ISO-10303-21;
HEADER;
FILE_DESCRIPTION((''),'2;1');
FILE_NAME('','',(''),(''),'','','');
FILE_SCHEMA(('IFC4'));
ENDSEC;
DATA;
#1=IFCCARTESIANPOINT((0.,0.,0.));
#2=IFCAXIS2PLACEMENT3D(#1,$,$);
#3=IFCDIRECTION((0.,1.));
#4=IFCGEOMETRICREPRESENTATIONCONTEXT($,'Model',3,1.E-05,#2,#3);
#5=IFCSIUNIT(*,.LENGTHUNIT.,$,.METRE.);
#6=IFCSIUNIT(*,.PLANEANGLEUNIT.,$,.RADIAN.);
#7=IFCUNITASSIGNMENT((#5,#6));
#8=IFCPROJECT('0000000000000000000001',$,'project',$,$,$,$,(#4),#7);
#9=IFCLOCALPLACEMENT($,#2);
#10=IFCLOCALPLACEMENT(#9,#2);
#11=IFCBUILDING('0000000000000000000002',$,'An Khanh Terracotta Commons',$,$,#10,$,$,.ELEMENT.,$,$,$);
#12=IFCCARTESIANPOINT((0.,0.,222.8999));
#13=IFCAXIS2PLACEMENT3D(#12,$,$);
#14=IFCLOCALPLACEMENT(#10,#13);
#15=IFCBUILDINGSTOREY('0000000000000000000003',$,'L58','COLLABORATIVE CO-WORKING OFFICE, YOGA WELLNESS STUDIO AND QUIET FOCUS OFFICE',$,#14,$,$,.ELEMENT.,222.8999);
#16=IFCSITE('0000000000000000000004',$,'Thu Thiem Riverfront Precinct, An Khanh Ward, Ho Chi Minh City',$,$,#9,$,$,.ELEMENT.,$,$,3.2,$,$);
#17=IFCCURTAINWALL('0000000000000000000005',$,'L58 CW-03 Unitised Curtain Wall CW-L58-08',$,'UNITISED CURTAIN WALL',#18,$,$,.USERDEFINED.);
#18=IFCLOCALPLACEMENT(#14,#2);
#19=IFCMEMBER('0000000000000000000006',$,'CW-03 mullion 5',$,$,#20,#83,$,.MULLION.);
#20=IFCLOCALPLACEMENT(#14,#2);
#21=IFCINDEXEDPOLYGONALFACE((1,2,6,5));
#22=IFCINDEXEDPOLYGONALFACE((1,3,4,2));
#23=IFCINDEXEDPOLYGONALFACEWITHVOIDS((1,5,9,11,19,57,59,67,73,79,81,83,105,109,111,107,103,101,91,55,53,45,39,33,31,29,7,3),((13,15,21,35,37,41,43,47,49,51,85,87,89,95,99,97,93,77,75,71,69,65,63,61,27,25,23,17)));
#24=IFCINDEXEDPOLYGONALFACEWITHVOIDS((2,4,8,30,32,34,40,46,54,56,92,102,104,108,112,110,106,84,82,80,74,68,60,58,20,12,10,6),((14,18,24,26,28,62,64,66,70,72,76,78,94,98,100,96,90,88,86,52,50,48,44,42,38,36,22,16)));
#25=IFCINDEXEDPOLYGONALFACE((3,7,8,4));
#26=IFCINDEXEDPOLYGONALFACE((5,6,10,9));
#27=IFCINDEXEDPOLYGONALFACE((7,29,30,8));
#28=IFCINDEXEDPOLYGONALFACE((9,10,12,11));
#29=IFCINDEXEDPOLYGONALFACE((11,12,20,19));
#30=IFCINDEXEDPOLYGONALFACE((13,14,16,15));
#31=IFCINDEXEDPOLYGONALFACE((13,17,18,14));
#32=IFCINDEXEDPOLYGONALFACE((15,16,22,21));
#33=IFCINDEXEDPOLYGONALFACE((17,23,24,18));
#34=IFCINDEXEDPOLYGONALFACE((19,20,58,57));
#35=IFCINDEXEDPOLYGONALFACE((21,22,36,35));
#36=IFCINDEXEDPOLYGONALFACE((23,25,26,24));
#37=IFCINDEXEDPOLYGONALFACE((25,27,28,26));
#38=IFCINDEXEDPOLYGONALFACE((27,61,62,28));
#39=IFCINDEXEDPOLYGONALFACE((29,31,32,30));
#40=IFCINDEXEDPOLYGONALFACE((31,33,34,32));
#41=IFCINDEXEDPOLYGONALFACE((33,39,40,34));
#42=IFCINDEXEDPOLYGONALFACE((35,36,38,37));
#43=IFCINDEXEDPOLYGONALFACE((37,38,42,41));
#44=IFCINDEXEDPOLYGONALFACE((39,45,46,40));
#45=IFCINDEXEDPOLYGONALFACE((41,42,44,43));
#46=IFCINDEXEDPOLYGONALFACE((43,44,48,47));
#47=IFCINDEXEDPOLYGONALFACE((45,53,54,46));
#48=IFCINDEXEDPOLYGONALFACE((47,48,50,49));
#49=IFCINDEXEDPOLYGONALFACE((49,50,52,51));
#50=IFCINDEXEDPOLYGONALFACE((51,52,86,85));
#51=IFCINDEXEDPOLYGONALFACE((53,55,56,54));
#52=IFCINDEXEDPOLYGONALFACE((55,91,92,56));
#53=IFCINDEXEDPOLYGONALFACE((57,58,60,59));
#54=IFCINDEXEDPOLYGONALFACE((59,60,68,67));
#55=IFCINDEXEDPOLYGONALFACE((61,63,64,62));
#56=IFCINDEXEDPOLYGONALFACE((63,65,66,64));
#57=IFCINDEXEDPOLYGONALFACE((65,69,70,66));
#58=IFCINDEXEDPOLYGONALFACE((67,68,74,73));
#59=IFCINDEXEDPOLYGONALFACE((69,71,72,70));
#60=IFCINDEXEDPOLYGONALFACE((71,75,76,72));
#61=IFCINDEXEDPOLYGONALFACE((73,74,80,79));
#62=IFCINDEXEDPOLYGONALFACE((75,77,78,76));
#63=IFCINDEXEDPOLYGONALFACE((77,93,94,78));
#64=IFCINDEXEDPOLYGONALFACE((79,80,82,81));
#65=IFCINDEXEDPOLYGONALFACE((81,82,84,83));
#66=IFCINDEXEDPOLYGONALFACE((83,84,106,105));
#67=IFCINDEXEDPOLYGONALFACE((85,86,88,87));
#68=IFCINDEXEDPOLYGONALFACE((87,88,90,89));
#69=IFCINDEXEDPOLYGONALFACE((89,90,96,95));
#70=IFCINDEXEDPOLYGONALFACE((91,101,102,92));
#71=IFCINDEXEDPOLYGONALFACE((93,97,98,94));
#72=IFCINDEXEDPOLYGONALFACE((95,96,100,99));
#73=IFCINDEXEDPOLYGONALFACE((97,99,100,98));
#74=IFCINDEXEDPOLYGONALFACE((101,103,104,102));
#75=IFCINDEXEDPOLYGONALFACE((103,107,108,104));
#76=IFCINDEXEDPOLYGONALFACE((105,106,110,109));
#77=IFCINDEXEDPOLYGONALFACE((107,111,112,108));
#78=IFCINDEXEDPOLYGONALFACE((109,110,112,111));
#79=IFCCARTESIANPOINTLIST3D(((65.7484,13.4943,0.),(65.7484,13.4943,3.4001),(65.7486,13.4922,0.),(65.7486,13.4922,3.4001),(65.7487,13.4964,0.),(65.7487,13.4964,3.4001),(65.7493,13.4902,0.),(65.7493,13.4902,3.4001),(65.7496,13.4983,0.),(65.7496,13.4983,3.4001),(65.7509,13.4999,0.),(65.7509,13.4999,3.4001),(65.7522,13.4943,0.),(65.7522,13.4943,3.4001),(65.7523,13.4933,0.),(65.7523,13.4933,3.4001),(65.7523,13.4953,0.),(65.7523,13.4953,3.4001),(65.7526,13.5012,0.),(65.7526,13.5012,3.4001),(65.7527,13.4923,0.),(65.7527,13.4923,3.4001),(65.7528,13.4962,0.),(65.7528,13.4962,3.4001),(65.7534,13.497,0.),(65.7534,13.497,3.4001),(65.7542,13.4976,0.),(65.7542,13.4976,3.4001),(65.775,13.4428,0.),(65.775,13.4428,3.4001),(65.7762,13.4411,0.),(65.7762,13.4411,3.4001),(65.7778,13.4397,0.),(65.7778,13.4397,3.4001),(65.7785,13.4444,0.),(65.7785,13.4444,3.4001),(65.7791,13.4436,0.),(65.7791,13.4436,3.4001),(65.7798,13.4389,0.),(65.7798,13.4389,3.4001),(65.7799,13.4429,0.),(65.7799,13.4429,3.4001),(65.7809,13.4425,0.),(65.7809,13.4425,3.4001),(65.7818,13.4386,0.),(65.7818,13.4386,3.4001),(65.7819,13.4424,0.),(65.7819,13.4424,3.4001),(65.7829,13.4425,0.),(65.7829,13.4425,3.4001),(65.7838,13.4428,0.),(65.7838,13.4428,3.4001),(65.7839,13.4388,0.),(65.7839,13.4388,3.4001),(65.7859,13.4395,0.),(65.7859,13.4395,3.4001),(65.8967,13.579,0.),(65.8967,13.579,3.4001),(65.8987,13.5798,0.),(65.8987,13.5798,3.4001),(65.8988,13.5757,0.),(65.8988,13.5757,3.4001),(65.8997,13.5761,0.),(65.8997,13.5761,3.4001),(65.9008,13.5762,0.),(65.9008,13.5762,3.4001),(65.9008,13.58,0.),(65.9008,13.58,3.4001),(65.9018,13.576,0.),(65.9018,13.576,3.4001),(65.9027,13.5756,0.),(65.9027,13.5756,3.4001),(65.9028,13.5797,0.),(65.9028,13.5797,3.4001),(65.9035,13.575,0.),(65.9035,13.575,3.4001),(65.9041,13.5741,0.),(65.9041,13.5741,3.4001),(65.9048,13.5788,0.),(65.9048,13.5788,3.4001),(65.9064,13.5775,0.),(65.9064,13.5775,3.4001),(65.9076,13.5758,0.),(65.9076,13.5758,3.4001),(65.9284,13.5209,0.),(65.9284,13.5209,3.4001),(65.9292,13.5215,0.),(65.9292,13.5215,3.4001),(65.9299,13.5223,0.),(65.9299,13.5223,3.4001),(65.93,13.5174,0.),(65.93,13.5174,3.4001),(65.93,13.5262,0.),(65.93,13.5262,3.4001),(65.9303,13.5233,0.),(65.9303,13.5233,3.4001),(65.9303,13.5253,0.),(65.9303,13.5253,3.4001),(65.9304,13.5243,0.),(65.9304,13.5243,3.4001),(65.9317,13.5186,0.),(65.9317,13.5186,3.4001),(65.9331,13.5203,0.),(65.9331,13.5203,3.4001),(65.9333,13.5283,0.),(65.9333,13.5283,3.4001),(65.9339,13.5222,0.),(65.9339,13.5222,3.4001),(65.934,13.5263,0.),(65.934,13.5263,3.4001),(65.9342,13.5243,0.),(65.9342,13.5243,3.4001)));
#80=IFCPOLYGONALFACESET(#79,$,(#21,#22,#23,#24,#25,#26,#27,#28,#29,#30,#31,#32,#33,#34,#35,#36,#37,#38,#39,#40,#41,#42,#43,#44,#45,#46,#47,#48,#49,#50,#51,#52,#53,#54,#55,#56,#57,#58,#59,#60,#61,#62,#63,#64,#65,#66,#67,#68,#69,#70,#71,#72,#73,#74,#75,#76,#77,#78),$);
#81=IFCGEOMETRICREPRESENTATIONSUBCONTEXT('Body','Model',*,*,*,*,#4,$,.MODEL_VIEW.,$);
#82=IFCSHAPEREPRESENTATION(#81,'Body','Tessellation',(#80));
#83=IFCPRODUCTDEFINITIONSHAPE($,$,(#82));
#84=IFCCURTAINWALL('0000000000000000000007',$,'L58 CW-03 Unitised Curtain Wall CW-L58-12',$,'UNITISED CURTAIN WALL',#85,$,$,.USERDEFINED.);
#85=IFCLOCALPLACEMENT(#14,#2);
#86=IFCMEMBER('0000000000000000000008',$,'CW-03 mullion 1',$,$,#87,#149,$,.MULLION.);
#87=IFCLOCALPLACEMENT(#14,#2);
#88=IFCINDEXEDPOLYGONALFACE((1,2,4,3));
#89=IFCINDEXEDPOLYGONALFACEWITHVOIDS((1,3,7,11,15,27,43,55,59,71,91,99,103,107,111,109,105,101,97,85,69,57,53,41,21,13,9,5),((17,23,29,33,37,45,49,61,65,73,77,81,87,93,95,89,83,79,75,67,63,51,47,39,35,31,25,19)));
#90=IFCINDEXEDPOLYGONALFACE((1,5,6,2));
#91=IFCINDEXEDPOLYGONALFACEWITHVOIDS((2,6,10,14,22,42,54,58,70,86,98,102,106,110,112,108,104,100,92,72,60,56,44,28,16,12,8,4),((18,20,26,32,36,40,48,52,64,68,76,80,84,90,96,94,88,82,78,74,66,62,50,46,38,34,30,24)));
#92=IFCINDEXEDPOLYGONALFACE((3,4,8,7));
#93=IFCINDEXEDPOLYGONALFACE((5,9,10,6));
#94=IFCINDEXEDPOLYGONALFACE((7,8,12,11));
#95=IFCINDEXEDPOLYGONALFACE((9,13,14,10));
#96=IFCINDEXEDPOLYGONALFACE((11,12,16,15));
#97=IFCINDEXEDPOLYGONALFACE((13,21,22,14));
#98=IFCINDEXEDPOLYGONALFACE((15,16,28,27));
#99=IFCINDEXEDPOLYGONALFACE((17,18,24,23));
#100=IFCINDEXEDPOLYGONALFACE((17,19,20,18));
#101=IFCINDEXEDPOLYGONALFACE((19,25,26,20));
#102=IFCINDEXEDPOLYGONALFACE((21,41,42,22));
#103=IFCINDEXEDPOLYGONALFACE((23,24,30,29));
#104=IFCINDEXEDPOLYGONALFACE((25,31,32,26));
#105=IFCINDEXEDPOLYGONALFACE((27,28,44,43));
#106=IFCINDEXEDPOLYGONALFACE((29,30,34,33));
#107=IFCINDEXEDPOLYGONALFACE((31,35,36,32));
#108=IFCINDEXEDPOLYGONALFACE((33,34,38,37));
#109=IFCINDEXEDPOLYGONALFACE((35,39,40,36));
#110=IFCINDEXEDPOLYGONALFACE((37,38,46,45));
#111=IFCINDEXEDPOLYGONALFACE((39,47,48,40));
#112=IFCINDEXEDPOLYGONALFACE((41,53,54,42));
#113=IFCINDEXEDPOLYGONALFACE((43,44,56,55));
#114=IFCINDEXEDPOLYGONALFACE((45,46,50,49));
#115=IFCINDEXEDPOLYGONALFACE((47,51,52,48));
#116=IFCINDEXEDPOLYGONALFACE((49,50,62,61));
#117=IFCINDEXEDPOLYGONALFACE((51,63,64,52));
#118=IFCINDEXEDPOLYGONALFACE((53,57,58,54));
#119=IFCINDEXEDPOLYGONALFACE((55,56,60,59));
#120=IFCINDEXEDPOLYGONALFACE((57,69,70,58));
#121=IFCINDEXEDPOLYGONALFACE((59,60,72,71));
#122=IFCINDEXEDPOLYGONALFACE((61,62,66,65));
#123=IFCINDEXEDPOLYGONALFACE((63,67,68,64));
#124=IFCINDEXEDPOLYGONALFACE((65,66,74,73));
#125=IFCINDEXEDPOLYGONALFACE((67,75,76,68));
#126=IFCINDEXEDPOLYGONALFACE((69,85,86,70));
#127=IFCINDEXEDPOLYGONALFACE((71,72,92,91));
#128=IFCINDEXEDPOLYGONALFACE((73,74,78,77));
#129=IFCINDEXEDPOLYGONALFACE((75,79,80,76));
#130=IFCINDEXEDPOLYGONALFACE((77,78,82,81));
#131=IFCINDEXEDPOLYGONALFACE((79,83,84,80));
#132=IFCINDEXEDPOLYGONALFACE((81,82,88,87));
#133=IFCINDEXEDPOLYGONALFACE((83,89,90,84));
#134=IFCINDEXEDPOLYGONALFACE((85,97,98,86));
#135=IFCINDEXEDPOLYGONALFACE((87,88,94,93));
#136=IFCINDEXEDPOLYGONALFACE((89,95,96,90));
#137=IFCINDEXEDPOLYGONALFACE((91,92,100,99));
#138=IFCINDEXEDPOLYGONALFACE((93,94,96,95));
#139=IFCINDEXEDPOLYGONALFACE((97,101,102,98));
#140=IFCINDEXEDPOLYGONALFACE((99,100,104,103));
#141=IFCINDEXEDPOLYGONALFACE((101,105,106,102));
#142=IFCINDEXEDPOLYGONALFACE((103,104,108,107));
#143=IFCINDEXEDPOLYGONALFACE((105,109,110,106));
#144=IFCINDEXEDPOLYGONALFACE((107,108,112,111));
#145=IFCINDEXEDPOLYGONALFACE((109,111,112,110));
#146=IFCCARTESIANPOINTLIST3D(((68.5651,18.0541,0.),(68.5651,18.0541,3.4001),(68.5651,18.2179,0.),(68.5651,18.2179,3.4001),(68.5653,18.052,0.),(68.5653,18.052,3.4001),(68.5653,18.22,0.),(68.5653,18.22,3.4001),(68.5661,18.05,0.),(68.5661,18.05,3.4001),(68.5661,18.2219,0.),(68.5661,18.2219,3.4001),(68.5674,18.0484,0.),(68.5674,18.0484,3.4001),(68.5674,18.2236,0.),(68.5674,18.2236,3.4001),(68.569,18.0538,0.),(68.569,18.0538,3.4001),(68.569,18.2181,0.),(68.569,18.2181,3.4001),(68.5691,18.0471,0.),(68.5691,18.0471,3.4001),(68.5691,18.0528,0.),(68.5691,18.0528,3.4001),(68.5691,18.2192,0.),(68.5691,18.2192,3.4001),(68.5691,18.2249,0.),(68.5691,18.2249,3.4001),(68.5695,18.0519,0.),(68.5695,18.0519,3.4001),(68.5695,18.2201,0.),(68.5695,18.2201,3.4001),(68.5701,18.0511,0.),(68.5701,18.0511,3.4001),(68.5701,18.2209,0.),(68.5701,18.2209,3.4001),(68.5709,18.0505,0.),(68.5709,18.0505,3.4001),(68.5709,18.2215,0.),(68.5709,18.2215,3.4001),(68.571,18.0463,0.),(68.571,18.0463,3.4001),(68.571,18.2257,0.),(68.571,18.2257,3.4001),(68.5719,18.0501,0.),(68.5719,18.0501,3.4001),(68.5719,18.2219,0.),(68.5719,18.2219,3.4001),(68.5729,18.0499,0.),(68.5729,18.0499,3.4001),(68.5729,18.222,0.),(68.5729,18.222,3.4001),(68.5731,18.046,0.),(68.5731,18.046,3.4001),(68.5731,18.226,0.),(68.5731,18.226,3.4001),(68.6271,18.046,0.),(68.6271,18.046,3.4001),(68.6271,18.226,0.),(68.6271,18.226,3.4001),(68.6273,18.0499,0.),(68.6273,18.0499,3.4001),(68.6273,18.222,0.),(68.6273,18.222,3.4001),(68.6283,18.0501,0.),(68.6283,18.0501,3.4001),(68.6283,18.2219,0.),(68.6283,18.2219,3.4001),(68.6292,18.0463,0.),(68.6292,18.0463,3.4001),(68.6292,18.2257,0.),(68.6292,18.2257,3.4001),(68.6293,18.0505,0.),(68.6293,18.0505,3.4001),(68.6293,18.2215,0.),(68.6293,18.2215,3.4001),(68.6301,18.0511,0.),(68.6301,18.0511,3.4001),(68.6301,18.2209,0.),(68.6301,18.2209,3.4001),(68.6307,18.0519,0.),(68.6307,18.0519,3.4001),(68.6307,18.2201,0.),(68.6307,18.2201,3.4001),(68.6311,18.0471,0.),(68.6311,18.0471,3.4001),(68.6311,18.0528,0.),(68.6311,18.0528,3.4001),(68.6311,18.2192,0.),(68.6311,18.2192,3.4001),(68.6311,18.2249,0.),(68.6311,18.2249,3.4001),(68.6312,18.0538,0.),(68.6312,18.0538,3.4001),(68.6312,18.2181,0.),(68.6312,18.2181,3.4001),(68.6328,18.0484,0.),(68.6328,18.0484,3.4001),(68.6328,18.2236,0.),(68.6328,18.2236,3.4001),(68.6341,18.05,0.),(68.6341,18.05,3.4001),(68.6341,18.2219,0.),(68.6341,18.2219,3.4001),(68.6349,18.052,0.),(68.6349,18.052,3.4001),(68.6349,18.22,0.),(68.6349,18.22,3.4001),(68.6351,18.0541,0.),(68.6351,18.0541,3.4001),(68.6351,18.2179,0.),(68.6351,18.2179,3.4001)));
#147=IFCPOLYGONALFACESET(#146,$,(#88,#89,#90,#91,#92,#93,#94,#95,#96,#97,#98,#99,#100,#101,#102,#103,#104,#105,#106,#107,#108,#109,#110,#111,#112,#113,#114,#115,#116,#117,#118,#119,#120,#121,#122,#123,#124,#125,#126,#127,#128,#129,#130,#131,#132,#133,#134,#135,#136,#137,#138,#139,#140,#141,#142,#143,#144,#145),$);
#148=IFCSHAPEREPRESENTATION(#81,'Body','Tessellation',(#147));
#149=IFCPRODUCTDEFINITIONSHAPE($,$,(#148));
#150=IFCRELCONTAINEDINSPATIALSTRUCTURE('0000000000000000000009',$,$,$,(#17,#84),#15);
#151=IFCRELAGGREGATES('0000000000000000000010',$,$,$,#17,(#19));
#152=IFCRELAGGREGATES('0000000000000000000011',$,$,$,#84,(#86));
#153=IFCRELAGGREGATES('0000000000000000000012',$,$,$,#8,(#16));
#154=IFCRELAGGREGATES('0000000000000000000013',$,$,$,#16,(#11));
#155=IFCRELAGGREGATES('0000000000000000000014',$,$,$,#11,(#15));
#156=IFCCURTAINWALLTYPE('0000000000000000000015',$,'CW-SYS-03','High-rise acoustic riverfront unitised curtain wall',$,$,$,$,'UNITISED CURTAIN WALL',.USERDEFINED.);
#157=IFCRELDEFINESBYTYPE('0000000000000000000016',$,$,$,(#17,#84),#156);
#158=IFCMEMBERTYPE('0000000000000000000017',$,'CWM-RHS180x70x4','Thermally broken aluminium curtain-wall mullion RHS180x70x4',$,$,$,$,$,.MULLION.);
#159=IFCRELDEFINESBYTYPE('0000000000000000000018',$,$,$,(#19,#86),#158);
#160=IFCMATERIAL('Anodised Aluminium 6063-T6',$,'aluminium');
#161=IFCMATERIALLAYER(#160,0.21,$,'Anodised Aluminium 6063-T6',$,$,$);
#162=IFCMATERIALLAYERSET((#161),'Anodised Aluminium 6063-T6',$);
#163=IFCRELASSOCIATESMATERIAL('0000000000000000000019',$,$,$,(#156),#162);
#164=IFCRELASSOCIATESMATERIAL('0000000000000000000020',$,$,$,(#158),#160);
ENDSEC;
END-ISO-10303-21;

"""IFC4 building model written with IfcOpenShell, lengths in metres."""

from ifc_helpers import new_model, si_unit, direction, frame, origin, origin_2d, place, context, subcontext, project, spatial, hollow_rectangle, extrude, material, layer, layer_set, material_profile, profile_set, type_object, element, aggregate, save


model = new_model("IFC4")

# Units and contexts
model_context = context("Model", 3, precision=1e-05, world=origin(), true_north=direction((0.0, 1.0)))
body_context = subcontext(model_context, "Body", "Model", "MODEL_VIEW")
ifc_project = project(units=[si_unit("LENGTHUNIT", "METRE"), si_unit("PLANEANGLEUNIT", "RADIAN")], contexts=[model_context])

# Site, building, storey
site_placement = place(None, origin())
site = spatial("IfcSite", under=ifc_project, at=site_placement, Name="Thu Thiem Riverfront Precinct, An Khanh Ward, Ho Chi Minh City", CompositionType="ELEMENT", RefElevation=3.2)
building_placement = place(site_placement, origin())
building = spatial("IfcBuilding", under=site, at=building_placement, Name="An Khanh Terracotta Commons", CompositionType="ELEMENT")
storey_placement = place(building_placement, frame((0.0, 0.0, 222.8999)))
storey = spatial("IfcBuildingStorey", under=building, at=storey_placement, Name="L58", Description="COLLABORATIVE CO-WORKING OFFICE, YOGA WELLNESS STUDIO AND QUIET FOCUS OFFICE", CompositionType="ELEMENT", Elevation=222.8999)

# Curtain walls, members
ifc_material_1 = material(Name="Anodised Aluminium 6063-T6", Category="aluminium")
ifc_layer_1 = layer(ifc_material_1, 0.21, Name="Anodised Aluminium 6063-T6")
ifc_layer_set_1 = layer_set([ifc_layer_1], Name="Anodised Aluminium 6063-T6")
curtain_wall_type = type_object("IfcCurtainWallType", Name="CW-SYS-03", Description="High-rise acoustic riverfront unitised curtain wall", ElementType="UNITISED CURTAIN WALL", PredefinedType="USERDEFINED", material=ifc_layer_set_1)
curtain_wall_1_placement = place(storey_placement, origin())
curtain_wall_1 = element("IfcCurtainWall", 1, at=curtain_wall_1_placement, inside=storey, type_object=curtain_wall_type, Name="L58 CW-03 Unitised Curtain Wall CW-L58-08", ObjectType="UNITISED CURTAIN WALL", PredefinedType="USERDEFINED")
ifc_material_profile_1 = material_profile(ifc_material_1, hollow_rectangle(XDim=0.0701, YDim=0.1799, WallThickness=0.0039, InnerFilletRadius=0.0039, OuterFilletRadius=0.0081, at=origin_2d()), Name="RHS180x70x4")
ifc_profile_set_1 = profile_set([ifc_material_profile_1], Name="Anodised Aluminium 6063-T6")
member_type_1 = type_object("IfcMemberType", Name="CWM-RHS180x70x4", Description="Thermally broken aluminium curtain-wall mullion RHS180x70x4", PredefinedType="MULLION", material=ifc_profile_set_1)
member_1_placement = place(storey_placement, frame((65.8413, 13.5093, 0.0), z_axis=(0.0, 0.0, 1.0), x_axis=(-0.475381, 0.87978, 0.0)))
member_1 = element("IfcMember", 2, at=member_1_placement, type_object=member_type_1, Name="CW-03 mullion 5", PredefinedType="MULLION", context=body_context, shape_type="SweptSolid", body=[
    extrude(hollow_rectangle(XDim=0.0701, YDim=0.1799, WallThickness=0.0039, InnerFilletRadius=0.0039, OuterFilletRadius=0.0081, at=origin_2d()), origin(), (0.0, 0.0, 1.0), 3.4001),
])
curtain_wall_2_placement = place(storey_placement, origin())
curtain_wall_2 = element("IfcCurtainWall", 3, at=curtain_wall_2_placement, inside=storey, type_object=curtain_wall_type, Name="L58 CW-03 Unitised Curtain Wall CW-L58-12", ObjectType="UNITISED CURTAIN WALL", PredefinedType="USERDEFINED")
member_2_placement = place(storey_placement, frame((68.6001, 18.136, 0.0), z_axis=(0.0, 0.0, 1.0), x_axis=(-1.0, 0.0, 0.0)))
member_2 = element("IfcMember", 4, at=member_2_placement, type_object=member_type_1, Name="CW-03 mullion 1", PredefinedType="MULLION", context=body_context, shape_type="SweptSolid", body=[
    extrude(hollow_rectangle(XDim=0.0701, YDim=0.1799, WallThickness=0.0039, InnerFilletRadius=0.0039, OuterFilletRadius=0.0081, at=origin_2d()), origin(), (0.0, 0.0, 1.0), 3.4001),
])

aggregate(curtain_wall_1, [member_1])
aggregate(curtain_wall_2, [member_2])

save(model, "model.ifc")
